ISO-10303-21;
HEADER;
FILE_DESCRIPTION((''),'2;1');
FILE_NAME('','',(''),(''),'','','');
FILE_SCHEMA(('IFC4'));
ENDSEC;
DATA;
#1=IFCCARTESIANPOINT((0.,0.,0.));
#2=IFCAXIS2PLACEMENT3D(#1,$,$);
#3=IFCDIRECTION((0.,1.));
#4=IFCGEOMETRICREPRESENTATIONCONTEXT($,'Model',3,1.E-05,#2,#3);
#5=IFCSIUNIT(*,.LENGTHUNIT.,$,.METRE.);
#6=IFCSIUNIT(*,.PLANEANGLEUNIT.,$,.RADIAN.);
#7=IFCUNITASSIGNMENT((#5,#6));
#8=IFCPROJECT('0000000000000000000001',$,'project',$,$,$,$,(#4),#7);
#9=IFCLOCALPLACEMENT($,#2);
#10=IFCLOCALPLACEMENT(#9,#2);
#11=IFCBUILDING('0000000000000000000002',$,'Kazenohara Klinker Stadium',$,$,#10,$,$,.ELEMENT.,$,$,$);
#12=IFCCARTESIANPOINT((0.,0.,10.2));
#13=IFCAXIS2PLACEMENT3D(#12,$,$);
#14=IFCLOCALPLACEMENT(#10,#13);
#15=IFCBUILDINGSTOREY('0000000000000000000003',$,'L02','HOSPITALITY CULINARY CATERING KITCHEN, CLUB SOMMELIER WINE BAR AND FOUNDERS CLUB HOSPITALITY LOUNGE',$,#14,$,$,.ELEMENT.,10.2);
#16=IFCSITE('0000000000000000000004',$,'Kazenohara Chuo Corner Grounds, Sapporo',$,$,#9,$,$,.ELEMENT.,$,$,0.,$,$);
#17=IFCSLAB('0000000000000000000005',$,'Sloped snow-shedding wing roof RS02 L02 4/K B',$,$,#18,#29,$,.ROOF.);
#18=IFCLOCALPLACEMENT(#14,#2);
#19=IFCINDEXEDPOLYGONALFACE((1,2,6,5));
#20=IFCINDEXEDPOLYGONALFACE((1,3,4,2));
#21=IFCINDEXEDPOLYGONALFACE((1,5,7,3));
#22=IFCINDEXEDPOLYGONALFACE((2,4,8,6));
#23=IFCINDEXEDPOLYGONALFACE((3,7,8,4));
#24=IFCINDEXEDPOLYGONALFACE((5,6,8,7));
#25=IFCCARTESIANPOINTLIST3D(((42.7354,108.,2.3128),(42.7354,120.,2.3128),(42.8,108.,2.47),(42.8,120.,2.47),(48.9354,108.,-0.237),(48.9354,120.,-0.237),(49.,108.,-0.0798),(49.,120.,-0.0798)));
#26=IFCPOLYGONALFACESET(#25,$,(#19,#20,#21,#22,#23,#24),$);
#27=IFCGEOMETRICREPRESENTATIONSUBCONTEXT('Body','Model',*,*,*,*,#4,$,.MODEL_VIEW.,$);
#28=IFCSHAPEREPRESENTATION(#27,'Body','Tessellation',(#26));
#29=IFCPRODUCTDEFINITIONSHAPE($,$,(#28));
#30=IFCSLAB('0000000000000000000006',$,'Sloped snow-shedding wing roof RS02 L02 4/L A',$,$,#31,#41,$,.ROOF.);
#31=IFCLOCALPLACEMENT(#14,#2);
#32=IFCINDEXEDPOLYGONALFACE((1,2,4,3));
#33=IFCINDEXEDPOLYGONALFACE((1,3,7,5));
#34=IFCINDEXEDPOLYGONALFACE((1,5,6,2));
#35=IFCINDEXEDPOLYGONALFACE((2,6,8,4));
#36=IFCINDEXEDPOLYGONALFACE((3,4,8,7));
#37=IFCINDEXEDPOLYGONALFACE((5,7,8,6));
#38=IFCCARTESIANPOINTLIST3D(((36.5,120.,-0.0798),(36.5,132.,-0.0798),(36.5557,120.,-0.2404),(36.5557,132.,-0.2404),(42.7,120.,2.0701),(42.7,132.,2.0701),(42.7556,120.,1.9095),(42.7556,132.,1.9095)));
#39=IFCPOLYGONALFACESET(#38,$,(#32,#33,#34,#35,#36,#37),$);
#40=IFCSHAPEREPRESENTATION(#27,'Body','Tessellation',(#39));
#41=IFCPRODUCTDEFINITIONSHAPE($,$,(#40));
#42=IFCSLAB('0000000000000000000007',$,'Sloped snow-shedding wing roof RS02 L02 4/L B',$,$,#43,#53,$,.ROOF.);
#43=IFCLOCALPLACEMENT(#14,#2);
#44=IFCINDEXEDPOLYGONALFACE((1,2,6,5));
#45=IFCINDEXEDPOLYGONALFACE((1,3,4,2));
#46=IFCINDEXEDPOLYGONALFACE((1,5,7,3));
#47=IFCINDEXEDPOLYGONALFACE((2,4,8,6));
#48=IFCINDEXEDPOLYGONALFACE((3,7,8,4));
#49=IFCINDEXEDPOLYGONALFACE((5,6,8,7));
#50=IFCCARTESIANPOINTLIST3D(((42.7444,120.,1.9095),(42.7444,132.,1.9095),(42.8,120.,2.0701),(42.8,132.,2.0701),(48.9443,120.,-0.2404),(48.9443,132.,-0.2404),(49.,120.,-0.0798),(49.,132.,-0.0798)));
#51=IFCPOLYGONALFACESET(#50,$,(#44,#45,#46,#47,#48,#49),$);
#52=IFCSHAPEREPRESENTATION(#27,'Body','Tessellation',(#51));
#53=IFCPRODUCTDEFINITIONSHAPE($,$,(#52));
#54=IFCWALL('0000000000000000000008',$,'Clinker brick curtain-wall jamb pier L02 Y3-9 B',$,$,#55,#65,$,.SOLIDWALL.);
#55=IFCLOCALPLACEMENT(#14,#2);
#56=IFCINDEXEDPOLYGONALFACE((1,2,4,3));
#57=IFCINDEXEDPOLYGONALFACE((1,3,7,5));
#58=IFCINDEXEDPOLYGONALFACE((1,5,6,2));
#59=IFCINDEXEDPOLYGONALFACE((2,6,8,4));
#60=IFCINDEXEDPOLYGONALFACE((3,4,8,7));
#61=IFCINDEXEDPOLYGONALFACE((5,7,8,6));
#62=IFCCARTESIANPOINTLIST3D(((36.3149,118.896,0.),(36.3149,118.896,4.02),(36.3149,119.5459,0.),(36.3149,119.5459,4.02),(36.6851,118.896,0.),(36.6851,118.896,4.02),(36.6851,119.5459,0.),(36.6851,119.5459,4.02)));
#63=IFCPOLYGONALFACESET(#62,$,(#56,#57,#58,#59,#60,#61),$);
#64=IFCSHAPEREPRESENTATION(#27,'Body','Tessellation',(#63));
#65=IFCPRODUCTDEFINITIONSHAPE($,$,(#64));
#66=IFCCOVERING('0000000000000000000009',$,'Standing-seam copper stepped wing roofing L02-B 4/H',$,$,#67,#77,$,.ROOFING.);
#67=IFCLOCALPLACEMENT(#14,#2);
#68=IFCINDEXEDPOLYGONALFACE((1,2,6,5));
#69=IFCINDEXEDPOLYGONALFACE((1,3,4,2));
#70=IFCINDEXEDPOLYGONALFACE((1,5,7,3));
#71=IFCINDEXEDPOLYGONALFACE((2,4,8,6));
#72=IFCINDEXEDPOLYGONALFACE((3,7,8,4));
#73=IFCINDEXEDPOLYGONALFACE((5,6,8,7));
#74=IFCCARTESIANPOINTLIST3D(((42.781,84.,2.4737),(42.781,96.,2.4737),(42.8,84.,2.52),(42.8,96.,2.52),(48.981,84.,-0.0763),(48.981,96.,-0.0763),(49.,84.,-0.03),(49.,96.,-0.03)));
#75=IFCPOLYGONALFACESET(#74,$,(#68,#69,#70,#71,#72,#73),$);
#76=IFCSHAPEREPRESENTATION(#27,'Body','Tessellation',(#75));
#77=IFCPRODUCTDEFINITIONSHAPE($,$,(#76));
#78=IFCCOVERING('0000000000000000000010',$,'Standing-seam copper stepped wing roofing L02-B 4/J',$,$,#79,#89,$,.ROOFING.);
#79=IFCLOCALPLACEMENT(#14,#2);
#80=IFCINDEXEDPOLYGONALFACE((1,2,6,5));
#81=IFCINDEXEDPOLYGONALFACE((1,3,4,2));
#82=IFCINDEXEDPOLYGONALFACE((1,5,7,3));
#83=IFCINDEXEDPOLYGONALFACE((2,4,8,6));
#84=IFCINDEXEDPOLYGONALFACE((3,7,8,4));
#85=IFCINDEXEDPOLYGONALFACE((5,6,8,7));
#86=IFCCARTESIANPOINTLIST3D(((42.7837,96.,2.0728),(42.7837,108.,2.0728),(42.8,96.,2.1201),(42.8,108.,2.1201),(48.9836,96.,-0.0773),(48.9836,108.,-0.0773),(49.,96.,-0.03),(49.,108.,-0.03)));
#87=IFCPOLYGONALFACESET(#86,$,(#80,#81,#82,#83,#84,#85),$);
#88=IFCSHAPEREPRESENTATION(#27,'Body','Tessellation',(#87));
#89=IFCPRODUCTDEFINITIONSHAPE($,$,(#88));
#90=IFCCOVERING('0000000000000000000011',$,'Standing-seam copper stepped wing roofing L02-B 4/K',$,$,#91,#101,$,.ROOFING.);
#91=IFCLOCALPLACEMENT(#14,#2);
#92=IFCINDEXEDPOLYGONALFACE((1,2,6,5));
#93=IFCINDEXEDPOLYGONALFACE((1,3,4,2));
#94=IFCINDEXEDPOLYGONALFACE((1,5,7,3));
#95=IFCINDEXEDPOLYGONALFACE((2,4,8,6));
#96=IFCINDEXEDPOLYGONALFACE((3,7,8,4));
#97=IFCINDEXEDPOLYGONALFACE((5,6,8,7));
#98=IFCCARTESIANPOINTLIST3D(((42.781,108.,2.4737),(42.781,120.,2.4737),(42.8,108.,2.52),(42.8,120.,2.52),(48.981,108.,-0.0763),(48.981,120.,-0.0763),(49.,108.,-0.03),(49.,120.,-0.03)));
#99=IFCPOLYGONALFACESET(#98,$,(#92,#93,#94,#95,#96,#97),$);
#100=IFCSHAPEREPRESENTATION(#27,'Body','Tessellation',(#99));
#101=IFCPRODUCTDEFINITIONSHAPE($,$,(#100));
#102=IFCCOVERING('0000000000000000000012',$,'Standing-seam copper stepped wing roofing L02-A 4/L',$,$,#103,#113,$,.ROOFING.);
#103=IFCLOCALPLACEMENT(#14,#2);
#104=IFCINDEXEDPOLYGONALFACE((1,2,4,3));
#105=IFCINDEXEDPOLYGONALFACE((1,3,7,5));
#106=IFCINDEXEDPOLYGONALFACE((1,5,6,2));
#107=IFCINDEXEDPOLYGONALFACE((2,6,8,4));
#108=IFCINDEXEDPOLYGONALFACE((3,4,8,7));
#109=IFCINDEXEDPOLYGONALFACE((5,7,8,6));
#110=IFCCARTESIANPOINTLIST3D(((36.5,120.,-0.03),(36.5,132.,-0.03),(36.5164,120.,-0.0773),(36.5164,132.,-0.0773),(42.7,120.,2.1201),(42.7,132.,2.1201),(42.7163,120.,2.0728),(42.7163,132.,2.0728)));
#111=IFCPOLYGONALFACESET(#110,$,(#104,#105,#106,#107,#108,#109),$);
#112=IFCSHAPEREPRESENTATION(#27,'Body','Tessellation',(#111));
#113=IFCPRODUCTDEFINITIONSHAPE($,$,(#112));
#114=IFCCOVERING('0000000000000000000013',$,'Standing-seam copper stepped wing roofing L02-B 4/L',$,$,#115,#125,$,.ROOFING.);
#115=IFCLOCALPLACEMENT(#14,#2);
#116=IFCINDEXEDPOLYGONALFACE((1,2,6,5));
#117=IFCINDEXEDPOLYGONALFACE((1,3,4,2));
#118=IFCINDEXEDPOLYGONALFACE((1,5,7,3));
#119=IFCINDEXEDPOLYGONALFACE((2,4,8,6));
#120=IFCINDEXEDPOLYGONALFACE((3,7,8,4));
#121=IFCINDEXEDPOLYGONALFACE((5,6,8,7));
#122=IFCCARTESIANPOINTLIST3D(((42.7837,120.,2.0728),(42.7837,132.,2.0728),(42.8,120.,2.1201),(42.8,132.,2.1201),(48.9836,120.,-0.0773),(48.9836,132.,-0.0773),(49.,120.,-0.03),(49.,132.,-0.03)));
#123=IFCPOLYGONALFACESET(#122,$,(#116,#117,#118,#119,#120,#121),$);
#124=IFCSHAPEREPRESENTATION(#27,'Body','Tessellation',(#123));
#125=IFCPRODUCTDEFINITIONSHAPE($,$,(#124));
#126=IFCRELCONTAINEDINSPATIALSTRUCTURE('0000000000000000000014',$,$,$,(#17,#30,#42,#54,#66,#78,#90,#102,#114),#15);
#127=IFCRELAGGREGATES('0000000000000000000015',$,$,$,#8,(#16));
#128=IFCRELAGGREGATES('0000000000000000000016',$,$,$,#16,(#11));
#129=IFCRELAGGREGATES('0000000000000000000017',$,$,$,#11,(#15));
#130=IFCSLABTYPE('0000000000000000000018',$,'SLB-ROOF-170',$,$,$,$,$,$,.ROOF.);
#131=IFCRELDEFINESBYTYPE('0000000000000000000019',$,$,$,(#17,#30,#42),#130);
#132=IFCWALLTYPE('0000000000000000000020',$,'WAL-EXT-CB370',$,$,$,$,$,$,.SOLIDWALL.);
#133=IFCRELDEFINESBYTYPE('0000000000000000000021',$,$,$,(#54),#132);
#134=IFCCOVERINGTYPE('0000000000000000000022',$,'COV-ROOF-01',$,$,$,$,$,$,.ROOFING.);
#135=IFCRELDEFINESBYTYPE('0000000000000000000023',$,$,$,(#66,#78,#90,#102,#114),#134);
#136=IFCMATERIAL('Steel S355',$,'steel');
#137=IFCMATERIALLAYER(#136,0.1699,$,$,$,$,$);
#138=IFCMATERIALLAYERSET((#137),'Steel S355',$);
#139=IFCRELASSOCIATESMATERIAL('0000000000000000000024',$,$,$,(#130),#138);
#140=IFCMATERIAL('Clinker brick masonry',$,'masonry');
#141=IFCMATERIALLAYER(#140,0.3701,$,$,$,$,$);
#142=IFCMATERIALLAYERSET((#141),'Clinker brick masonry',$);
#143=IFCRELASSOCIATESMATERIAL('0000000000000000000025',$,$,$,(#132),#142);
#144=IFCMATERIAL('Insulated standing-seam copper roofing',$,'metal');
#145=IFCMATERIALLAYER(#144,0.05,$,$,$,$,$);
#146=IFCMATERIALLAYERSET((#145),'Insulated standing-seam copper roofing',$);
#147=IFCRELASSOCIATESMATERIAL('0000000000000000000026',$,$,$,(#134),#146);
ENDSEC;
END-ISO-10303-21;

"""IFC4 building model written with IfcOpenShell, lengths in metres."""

from ifc_helpers import new_model, si_unit, direction, frame, frame_2d, origin, place, context, subcontext, project, spatial, polyline, rectangle, outline, extrude, material, layer, layer_set, type_object, element, save


model = new_model("IFC4")

# Units and contexts
model_context = context("Model", 3, precision=1e-05, world=origin(), true_north=direction((0.0, 1.0)))
body_context = subcontext(model_context, "Body", "Model", "MODEL_VIEW")
ifc_project = project(units=[si_unit("LENGTHUNIT", "METRE"), si_unit("PLANEANGLEUNIT", "RADIAN")], contexts=[model_context])

# Site, building, storey
site_placement = place(None, origin())
site = spatial("IfcSite", under=ifc_project, at=site_placement, Name="Kazenohara Chuo Corner Grounds, Sapporo", CompositionType="ELEMENT", RefElevation=0.0)
building_placement = place(site_placement, origin())
building = spatial("IfcBuilding", under=site, at=building_placement, Name="Kazenohara Klinker Stadium", CompositionType="ELEMENT")
storey_placement = place(building_placement, frame((0.0, 0.0, 10.2)))
storey = spatial("IfcBuildingStorey", under=building, at=storey_placement, Name="L02", Description="HOSPITALITY CULINARY CATERING KITCHEN, CLUB SOMMELIER WINE BAR AND FOUNDERS CLUB HOSPITALITY LOUNGE", CompositionType="ELEMENT", Elevation=10.2)

# Shared definitions
ifc_material_1 = material(Name="Steel S355", Category="steel")

# Slabs
ifc_layer_1 = layer(ifc_material_1, 0.1699)
ifc_layer_set_1 = layer_set([ifc_layer_1], Name="Steel S355")
slab_type = type_object("IfcSlabType", Name="SLB-ROOF-170", PredefinedType="ROOF", material=ifc_layer_set_1)
slab_1_placement = place(storey_placement, frame((42.8, 108.0, 2.47), z_axis=(0.380352, 0.0, 0.924842), x_axis=(0.924842, 0.0, -0.380352)))
element("IfcSlab", 1, at=slab_1_placement, inside=storey, type_object=slab_type, Name="Sloped snow-shedding wing roof RS02 L02 4/K B", PredefinedType="ROOF", context=body_context, shape_type="SweptSolid", body=[
    extrude(outline(polyline([(0.0, 0.0), (6.7038, 0.0), (6.7038, 12.0), (0.0, 12.0), (0.0, 0.0)])), origin(), (0.0, 0.0, -1.0), 0.1699),
])
for number, where, z_axis, x_axis, name in (
    (2, (36.5, 120.0, -0.0798), (-0.327623, 0.0, 0.944809), (0.944809, 0.0, 0.327623), "Sloped snow-shedding wing roof RS02 L02 4/L A"),
    (3, (42.8, 120.0, 2.0701), (0.327623, 0.0, 0.944809), (0.944809, 0.0, -0.327623), "Sloped snow-shedding wing roof RS02 L02 4/L B"),
):
    element("IfcSlab", number, at=place(storey_placement, frame(where, z_axis=z_axis, x_axis=x_axis)), inside=storey, type_object=slab_type, Name=name, PredefinedType="ROOF", context=body_context, shape_type="SweptSolid", body=[
        extrude(outline(polyline([(0.0, 0.0), (6.5621, 0.0), (6.5621, 12.0), (0.0, 12.0), (0.0, 0.0)])), origin(), (0.0, 0.0, -1.0), 0.1699),
    ])

# Wall
ifc_material_2 = material(Name="Clinker brick masonry", Category="masonry")
ifc_layer_2 = layer(ifc_material_2, 0.3701)
ifc_layer_set_2 = layer_set([ifc_layer_2], Name="Clinker brick masonry")
wall_type = type_object("IfcWallType", Name="WAL-EXT-CB370", PredefinedType="SOLIDWALL", material=ifc_layer_set_2)
wall_placement = place(storey_placement, frame((36.5, 118.896, 0.0), z_axis=(0.0, 0.0, 1.0), x_axis=(0.0, 1.0, 0.0)))
element("IfcWall", 4, at=wall_placement, inside=storey, type_object=wall_type, Name="Clinker brick curtain-wall jamb pier L02 Y3-9 B", PredefinedType="SOLIDWALL", context=body_context, shape_type="SweptSolid", body=[
    extrude(rectangle(XDim=0.6499, YDim=0.3701, at=frame_2d((0.325, 0.0))), origin(), (0.0, 0.0, 1.0), 4.02),
])

# Coverings
ifc_material_3 = material(Name="Insulated standing-seam copper roofing", Category="metal")
ifc_layer_3 = layer(ifc_material_3, 0.05)
ifc_layer_set_3 = layer_set([ifc_layer_3], Name="Insulated standing-seam copper roofing")
covering_type = type_object("IfcCoveringType", Name="COV-ROOF-01", PredefinedType="ROOFING", material=ifc_layer_set_3)
covering_1_placement = place(storey_placement, frame((42.8, 84.0, 2.52), z_axis=(0.380383, 0.0, 0.924829), x_axis=(0.924829, 0.0, -0.380383)))
element("IfcCovering", 5, at=covering_1_placement, inside=storey, type_object=covering_type, Name="Standing-seam copper stepped wing roofing L02-B 4/H", PredefinedType="ROOFING", context=body_context, shape_type="SweptSolid", body=[
    extrude(outline(polyline([(0.0, 0.0), (6.7039, 0.0), (6.7039, 12.0), (0.0, 12.0), (0.0, 0.0)])), origin(), (0.0, 0.0, -1.0), 0.05),
])
covering_2_placement = place(storey_placement, frame((42.8, 96.0, 2.1201), z_axis=(0.327656, 0.0, 0.944797), x_axis=(0.944797, 0.0, -0.327656)))
element("IfcCovering", 6, at=covering_2_placement, inside=storey, type_object=covering_type, Name="Standing-seam copper stepped wing roofing L02-B 4/J", PredefinedType="ROOFING", context=body_context, shape_type="SweptSolid", body=[
    extrude(outline(polyline([(0.0, 0.0), (6.5622, 0.0), (6.5622, 12.0), (0.0, 12.0), (0.0, 0.0)])), origin(), (0.0, 0.0, -1.0), 0.05),
])
covering_3_placement = place(storey_placement, frame((42.8, 108.0, 2.52), z_axis=(0.380383, 0.0, 0.924829), x_axis=(0.924829, 0.0, -0.380383)))
element("IfcCovering", 7, at=covering_3_placement, inside=storey, type_object=covering_type, Name="Standing-seam copper stepped wing roofing L02-B 4/K", PredefinedType="ROOFING", context=body_context, shape_type="SweptSolid", body=[
    extrude(outline(polyline([(0.0, 0.0), (6.7039, 0.0), (6.7039, 12.0), (0.0, 12.0), (0.0, 0.0)])), origin(), (0.0, 0.0, -1.0), 0.05),
])
for number, where, z_axis, x_axis, name in (
    (8, (36.5, 120.0, -0.03), (-0.327656, 0.0, 0.944797), (0.944797, 0.0, 0.327656), "Standing-seam copper stepped wing roofing L02-A 4/L"),
    (9, (42.8, 120.0, 2.1201), (0.327656, 0.0, 0.944797), (0.944797, 0.0, -0.327656), "Standing-seam copper stepped wing roofing L02-B 4/L"),
):
    element("IfcCovering", number, at=place(storey_placement, frame(where, z_axis=z_axis, x_axis=x_axis)), inside=storey, type_object=covering_type, Name=name, PredefinedType="ROOFING", context=body_context, shape_type="SweptSolid", body=[
        extrude(outline(polyline([(0.0, 0.0), (6.5622, 0.0), (6.5622, 12.0), (0.0, 12.0), (0.0, 0.0)])), origin(), (0.0, 0.0, -1.0), 0.05),
    ])

save(model, "model.ifc")
